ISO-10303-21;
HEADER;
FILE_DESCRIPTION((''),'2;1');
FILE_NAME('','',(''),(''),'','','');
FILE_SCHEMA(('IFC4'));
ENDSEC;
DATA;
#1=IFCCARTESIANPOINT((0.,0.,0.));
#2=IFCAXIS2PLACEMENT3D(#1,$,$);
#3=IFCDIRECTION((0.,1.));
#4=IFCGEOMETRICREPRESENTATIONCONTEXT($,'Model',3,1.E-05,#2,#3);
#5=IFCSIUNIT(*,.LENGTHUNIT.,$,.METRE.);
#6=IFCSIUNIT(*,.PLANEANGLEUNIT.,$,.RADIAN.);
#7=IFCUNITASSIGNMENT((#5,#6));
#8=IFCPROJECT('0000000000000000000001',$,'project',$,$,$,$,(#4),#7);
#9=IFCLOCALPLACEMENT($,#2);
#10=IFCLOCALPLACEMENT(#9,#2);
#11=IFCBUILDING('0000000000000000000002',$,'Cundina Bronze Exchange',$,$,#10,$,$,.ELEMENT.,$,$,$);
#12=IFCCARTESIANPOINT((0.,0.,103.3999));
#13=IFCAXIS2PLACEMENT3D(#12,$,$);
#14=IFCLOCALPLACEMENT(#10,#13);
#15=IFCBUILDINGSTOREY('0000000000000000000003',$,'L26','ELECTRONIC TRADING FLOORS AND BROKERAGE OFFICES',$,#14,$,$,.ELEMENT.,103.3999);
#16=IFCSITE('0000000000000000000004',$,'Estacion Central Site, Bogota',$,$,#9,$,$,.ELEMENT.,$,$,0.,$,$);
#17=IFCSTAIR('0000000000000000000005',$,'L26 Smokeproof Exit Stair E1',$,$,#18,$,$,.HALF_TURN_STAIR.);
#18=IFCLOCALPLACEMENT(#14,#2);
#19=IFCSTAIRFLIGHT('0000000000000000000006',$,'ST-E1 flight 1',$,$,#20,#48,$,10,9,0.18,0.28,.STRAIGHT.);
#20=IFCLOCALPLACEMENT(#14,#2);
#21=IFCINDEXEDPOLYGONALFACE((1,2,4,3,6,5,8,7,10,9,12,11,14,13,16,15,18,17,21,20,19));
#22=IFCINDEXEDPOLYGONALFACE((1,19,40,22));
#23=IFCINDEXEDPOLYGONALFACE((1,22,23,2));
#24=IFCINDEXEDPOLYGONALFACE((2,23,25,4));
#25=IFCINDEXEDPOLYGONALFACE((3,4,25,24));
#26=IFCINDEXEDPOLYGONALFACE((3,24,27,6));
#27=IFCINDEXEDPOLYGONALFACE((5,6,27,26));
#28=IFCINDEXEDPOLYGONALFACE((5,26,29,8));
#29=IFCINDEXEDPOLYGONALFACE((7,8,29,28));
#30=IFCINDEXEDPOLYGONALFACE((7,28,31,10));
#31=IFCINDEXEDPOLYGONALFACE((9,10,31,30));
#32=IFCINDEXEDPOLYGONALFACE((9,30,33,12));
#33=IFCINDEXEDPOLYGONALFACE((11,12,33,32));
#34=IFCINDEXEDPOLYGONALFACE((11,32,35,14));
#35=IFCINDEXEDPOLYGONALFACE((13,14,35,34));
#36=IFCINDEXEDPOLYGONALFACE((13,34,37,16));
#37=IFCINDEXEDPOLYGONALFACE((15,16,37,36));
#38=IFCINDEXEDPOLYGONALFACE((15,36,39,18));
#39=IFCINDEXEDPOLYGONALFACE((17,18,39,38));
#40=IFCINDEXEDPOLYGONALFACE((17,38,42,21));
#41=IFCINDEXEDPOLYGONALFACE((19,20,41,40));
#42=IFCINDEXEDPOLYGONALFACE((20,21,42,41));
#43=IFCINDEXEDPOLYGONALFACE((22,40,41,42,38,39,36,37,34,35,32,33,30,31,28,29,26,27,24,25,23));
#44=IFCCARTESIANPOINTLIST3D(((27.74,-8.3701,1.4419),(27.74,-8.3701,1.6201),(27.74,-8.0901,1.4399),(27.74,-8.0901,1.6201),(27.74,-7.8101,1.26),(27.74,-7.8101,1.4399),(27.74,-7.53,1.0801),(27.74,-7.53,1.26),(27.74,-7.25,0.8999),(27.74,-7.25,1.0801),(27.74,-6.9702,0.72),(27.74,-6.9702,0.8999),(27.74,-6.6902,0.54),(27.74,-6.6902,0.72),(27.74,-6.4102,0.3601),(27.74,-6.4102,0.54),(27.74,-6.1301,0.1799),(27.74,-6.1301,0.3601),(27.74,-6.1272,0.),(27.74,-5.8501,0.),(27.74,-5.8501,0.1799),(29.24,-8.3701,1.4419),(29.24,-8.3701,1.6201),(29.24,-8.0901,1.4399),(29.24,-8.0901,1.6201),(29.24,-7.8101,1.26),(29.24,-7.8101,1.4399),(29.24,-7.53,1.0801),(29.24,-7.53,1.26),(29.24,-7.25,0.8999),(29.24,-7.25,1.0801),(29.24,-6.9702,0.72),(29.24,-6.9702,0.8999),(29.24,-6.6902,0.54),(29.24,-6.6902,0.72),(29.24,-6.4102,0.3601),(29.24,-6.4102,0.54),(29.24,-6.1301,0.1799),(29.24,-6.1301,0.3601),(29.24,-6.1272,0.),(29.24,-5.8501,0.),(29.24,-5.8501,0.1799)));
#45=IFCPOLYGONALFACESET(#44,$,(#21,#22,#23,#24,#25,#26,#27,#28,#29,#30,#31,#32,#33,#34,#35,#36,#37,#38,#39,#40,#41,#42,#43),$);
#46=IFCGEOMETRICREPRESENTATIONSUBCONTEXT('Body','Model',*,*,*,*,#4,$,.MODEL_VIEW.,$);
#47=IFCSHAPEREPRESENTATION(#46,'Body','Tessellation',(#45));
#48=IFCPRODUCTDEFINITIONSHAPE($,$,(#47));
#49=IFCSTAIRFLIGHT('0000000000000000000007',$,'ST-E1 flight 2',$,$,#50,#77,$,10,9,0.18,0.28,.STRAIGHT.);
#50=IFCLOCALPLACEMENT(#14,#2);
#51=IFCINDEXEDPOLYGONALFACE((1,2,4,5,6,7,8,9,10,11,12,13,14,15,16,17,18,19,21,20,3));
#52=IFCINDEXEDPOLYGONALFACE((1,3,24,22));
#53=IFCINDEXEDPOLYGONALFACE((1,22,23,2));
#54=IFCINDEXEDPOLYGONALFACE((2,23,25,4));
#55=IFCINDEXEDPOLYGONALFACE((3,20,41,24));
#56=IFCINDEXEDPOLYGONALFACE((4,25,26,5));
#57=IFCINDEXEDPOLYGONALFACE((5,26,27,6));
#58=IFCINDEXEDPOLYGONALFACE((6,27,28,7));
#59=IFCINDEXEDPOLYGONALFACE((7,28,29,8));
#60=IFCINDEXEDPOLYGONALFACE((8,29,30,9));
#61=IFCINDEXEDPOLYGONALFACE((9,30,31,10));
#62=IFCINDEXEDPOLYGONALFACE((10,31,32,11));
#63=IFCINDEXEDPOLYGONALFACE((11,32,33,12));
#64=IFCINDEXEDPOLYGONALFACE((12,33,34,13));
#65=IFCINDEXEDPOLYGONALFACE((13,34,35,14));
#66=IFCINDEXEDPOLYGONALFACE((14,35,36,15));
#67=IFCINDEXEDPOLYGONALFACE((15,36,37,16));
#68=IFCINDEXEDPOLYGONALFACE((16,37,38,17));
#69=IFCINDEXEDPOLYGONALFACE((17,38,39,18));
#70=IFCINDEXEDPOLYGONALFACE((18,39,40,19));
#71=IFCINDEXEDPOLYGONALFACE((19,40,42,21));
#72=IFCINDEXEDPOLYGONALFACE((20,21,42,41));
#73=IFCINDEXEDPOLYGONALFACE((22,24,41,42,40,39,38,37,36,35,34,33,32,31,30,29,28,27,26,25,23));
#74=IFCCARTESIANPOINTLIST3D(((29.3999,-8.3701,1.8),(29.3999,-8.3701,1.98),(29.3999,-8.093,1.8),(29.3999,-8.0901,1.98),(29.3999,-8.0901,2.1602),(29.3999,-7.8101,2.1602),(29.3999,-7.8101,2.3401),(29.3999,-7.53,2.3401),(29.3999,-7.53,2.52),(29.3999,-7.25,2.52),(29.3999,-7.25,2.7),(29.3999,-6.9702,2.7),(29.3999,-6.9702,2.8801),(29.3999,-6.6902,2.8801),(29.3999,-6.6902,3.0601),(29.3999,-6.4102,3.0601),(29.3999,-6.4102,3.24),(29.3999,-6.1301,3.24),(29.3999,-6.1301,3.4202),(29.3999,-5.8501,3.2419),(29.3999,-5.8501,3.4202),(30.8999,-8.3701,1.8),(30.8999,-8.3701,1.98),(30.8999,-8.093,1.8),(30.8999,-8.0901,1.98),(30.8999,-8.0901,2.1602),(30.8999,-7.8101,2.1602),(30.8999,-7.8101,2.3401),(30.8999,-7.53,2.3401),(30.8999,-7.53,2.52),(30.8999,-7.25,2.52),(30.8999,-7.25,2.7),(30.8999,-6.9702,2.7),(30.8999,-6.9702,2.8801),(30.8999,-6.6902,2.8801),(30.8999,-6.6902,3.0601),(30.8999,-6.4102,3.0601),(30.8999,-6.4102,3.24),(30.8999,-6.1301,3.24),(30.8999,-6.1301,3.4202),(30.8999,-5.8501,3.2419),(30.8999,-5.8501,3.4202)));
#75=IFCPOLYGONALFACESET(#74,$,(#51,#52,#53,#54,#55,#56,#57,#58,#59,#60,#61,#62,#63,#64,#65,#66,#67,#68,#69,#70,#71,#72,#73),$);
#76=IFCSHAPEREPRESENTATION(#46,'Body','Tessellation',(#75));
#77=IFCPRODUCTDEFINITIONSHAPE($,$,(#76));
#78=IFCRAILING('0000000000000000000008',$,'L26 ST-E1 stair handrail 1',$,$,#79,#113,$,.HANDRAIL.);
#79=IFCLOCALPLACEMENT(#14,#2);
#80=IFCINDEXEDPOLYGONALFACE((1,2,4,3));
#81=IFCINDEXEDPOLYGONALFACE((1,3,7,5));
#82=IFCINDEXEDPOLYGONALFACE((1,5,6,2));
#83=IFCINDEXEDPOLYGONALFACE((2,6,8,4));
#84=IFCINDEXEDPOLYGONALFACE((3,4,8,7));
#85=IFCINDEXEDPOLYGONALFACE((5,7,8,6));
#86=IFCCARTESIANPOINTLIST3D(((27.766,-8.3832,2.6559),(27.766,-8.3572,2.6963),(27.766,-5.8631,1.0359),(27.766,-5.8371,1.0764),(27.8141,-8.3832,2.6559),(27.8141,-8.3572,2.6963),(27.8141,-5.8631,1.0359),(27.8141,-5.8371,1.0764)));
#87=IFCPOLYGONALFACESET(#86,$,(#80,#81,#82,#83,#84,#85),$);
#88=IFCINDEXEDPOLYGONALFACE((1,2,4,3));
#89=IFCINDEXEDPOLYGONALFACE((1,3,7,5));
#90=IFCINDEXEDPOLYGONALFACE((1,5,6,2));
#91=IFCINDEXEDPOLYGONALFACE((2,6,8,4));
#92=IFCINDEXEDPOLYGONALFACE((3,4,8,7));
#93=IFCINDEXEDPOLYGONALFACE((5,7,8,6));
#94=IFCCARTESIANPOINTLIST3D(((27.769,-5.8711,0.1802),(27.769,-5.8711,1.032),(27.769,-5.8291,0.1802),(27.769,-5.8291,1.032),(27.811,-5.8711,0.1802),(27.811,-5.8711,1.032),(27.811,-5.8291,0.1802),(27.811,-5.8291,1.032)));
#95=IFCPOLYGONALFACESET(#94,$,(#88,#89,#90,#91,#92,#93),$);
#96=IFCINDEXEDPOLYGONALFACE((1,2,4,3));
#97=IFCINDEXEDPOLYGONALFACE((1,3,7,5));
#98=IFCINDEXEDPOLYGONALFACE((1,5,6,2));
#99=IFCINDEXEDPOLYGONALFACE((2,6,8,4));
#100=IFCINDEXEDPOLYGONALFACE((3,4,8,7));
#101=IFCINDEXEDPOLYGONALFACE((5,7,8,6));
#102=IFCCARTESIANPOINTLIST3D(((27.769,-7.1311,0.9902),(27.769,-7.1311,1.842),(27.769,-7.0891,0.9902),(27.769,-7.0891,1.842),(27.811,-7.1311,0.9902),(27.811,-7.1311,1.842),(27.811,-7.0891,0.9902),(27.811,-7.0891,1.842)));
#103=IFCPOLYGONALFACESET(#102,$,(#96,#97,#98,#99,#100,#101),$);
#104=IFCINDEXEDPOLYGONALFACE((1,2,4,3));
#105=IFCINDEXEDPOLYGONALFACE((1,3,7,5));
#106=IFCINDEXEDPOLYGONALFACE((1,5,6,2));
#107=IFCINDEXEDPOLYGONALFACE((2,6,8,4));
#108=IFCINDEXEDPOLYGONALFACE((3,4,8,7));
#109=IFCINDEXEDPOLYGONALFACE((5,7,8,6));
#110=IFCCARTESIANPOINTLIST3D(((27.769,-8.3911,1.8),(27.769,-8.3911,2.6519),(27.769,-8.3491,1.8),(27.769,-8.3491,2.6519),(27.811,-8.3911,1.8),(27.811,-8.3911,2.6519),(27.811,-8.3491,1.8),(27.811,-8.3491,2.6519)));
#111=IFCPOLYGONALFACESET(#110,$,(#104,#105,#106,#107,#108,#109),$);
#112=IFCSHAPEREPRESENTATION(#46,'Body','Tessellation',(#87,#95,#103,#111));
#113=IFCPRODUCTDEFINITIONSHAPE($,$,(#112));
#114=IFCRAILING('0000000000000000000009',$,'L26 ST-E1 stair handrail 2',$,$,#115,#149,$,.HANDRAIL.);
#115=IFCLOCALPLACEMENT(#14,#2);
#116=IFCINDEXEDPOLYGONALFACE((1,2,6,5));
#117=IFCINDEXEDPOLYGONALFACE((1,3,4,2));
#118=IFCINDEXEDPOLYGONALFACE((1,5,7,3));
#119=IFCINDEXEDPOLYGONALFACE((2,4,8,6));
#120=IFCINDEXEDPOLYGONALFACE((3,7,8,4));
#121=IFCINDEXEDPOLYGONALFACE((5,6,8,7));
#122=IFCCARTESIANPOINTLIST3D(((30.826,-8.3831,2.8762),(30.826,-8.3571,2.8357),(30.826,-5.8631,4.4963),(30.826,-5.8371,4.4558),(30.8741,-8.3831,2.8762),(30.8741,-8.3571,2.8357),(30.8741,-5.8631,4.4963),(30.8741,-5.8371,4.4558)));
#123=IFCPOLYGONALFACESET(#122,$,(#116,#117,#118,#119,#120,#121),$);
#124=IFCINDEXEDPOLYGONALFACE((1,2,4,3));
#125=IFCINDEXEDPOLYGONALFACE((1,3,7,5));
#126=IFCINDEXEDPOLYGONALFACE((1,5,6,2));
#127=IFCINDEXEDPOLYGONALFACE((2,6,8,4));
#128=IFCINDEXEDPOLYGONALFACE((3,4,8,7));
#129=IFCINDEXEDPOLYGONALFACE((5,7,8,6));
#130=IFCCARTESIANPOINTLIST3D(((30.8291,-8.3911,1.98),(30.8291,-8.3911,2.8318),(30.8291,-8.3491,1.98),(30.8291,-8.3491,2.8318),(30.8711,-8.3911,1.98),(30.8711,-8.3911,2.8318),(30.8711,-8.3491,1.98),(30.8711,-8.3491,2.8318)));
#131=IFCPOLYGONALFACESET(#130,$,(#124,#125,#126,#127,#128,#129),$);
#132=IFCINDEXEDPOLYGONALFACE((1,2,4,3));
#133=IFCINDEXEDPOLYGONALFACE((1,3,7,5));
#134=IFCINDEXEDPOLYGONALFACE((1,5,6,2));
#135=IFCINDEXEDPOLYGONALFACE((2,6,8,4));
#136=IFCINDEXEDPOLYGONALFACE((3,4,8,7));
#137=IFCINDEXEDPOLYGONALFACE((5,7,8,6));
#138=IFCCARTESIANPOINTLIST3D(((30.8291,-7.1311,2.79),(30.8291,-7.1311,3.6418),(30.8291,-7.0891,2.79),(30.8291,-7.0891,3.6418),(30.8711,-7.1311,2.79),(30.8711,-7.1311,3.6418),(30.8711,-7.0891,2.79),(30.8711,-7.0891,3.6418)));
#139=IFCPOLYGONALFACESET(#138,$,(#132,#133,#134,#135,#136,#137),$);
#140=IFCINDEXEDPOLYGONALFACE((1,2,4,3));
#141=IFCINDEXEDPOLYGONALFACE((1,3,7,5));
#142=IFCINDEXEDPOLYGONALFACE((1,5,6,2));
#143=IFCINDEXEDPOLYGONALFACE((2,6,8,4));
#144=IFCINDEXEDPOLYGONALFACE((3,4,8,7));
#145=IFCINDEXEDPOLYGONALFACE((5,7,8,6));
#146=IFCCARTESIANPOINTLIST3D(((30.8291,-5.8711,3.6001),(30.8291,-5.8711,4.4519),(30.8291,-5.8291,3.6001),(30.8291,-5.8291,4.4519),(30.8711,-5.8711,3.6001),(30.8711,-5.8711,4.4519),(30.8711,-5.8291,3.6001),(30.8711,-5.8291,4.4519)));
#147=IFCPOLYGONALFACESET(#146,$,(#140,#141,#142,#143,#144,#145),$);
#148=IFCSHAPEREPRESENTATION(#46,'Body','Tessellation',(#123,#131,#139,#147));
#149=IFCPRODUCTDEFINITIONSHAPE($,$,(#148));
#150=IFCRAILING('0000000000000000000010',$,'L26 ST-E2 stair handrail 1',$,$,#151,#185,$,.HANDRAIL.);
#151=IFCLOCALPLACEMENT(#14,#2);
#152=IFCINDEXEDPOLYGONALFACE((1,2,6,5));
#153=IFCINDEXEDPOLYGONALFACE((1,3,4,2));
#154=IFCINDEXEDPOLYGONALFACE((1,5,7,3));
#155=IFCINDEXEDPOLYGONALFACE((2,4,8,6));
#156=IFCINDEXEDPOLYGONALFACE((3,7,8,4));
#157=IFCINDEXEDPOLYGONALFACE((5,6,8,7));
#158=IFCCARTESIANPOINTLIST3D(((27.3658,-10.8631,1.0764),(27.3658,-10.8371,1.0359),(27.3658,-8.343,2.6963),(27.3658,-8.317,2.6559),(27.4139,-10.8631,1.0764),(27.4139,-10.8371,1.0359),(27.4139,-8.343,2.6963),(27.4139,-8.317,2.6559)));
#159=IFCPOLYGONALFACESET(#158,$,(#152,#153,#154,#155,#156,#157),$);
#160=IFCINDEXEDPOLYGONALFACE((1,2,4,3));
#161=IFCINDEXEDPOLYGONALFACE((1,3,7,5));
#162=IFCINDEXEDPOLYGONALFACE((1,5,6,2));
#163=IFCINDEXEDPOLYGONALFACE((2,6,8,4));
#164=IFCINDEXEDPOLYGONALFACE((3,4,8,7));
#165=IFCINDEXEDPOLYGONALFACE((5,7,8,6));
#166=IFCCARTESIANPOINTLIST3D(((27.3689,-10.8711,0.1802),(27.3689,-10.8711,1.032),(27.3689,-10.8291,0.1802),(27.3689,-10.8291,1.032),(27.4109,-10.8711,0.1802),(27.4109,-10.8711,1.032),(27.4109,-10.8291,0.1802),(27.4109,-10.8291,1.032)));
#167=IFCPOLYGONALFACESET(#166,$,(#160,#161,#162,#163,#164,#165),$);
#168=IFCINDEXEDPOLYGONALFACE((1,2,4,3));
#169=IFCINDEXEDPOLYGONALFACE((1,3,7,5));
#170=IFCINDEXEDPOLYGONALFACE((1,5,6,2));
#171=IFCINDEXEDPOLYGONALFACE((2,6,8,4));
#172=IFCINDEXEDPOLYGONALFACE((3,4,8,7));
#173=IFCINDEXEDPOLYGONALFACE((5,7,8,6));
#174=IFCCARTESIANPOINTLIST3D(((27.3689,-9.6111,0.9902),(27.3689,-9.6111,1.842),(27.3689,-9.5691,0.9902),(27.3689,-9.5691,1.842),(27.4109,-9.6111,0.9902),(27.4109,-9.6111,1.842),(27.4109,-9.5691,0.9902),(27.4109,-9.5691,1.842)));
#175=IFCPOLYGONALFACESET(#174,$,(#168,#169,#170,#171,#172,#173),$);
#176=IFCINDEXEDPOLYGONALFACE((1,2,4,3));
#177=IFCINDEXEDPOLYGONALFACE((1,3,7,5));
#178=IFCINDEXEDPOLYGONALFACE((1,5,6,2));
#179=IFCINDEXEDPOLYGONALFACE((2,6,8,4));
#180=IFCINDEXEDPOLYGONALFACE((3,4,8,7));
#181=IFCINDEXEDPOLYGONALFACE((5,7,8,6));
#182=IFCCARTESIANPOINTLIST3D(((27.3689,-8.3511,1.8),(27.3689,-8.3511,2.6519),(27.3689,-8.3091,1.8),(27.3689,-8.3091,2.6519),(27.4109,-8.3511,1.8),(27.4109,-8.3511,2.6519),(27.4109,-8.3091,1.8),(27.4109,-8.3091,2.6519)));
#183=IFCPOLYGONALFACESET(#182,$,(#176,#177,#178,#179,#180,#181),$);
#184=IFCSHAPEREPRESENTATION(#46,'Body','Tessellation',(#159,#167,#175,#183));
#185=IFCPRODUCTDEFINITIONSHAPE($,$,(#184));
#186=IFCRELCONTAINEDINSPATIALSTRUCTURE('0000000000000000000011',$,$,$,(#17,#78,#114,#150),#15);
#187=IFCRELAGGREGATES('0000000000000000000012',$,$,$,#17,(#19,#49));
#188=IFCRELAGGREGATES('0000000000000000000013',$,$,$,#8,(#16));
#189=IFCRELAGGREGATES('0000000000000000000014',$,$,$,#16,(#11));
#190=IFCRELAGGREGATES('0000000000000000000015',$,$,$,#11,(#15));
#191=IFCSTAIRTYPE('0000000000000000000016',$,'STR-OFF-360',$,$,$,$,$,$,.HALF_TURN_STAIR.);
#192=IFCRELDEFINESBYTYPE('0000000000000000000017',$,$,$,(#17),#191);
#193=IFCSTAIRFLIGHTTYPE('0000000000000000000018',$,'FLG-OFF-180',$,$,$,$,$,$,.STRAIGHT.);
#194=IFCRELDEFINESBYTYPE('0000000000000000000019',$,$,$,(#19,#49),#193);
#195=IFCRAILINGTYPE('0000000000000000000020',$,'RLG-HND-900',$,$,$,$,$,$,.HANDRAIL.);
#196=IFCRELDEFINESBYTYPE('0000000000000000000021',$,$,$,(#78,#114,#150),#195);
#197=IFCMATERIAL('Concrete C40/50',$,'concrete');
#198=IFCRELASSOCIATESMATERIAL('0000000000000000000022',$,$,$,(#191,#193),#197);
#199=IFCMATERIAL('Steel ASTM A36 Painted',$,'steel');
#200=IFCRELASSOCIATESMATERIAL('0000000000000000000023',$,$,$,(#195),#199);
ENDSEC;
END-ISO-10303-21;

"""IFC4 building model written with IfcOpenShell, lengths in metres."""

from ifc_helpers import new_model, si_unit, direction, frame, origin, origin_2d, place, context, subcontext, project, spatial, polyline, rectangle, outline, extrude, material, type_object, element, aggregate, save


model = new_model("IFC4")

# Units and contexts
model_context = context("Model", 3, precision=1e-05, world=origin(), true_north=direction((0.0, 1.0)))
body_context = subcontext(model_context, "Body", "Model", "MODEL_VIEW")
ifc_project = project(units=[si_unit("LENGTHUNIT", "METRE"), si_unit("PLANEANGLEUNIT", "RADIAN")], contexts=[model_context])

# Site, building, storey
site_placement = place(None, origin())
site = spatial("IfcSite", under=ifc_project, at=site_placement, Name="Estacion Central Site, Bogota", CompositionType="ELEMENT", RefElevation=0.0)
building_placement = place(site_placement, origin())
building = spatial("IfcBuilding", under=site, at=building_placement, Name="Cundina Bronze Exchange", CompositionType="ELEMENT")
storey_placement = place(building_placement, frame((0.0, 0.0, 103.3999)))
storey = spatial("IfcBuildingStorey", under=building, at=storey_placement, Name="L26", Description="ELECTRONIC TRADING FLOORS AND BROKERAGE OFFICES", CompositionType="ELEMENT", Elevation=103.3999)

# Stair, stair flights
ifc_material_1 = material(Name="Concrete C40/50", Category="concrete")
stair_type = type_object("IfcStairType", Name="STR-OFF-360", PredefinedType="HALF_TURN_STAIR", material=ifc_material_1)
stair_placement = place(storey_placement, origin())
stair = element("IfcStair", 1, at=stair_placement, inside=storey, type_object=stair_type, Name="L26 Smokeproof Exit Stair E1", PredefinedType="HALF_TURN_STAIR")
stair_flight_type = type_object("IfcStairFlightType", Name="FLG-OFF-180", PredefinedType="STRAIGHT", material=ifc_material_1)
stair_flight_1_placement = place(storey_placement, frame((28.49, -5.8501, 0.0), z_axis=(0.0, 0.0, 1.0), x_axis=(0.0, -1.0, 0.0)))
stair_flight_1 = element("IfcStairFlight", 2, at=stair_flight_1_placement, type_object=stair_flight_type, Name="ST-E1 flight 1", NumberOfRisers=10, NumberOfTreads=9, PredefinedType="STRAIGHT", RiserHeight=0.18, TreadLength=0.28, context=body_context, shape_type="SweptSolid", body=[
    extrude(outline(polyline([(0.0, 0.0), (0.0, 0.1799), (0.28, 0.1799), (0.28, 0.3601), (0.5601, 0.3601), (0.5601, 0.54), (0.8401, 0.54), (0.8401, 0.72), (1.1201, 0.72), (1.1201, 0.8999), (1.3999, 0.8999), (1.3999, 1.0801), (1.6799, 1.0801), (1.6799, 1.26), (1.96, 1.26), (1.96, 1.4399), (2.24, 1.4399), (2.24, 1.6201), (2.52, 1.6201), (2.52, 1.8), (2.52, 1.4419), (0.2771, 0.0), (0.0, 0.0)])), frame((0.0, 0.75, 0.0), z_axis=(0.0, -1.0, 0.0), x_axis=(1.0, 0.0, 0.0)), (0.0, 0.0, 1.0), 1.5),
])
stair_flight_2_placement = place(storey_placement, frame((30.1499, -8.3701, 1.8), z_axis=(0.0, 0.0, 1.0), x_axis=(0.0, 1.0, 0.0)))
stair_flight_2 = element("IfcStairFlight", 3, at=stair_flight_2_placement, type_object=stair_flight_type, Name="ST-E1 flight 2", NumberOfRisers=10, NumberOfTreads=9, PredefinedType="STRAIGHT", RiserHeight=0.18, TreadLength=0.28, context=body_context, shape_type="SweptSolid", body=[
    extrude(outline(polyline([(0.0, 0.0), (0.0, 0.1799), (0.28, 0.1799), (0.28, 0.3601), (0.5601, 0.3601), (0.5601, 0.54), (0.8401, 0.54), (0.8401, 0.72), (1.1201, 0.72), (1.1201, 0.8999), (1.3999, 0.8999), (1.3999, 1.0801), (1.6799, 1.0801), (1.6799, 1.26), (1.96, 1.26), (1.96, 1.4399), (2.24, 1.4399), (2.24, 1.6201), (2.52, 1.6201), (2.52, 1.8), (2.52, 1.4419), (0.2771, 0.0), (0.0, 0.0)])), frame((0.0, 0.75, 0.0), z_axis=(0.0, -1.0, 0.0), x_axis=(1.0, 0.0, 0.0)), (0.0, 0.0, 1.0), 1.5),
])
aggregate(stair, [stair_flight_1, stair_flight_2])

# Railings
ifc_material_2 = material(Name="Steel ASTM A36 Painted", Category="steel")
railing_type_1 = type_object("IfcRailingType", Name="RLG-HND-900", PredefinedType="HANDRAIL", material=ifc_material_2)
railing_1_placement = place(storey_placement, frame((27.79, -5.8501, 0.1802)))
element("IfcRailing", 4, at=railing_1_placement, inside=storey, type_object=railing_type_1, Name="L26 ST-E1 stair handrail 1", PredefinedType="HANDRAIL", context=body_context, shape_type="SweptSolid", body=[
    extrude(rectangle(XDim=0.0481, YDim=0.0481, at=origin_2d()), frame((0.0, 0.0, 0.876), z_axis=(0.0, -0.8412, 0.540725), x_axis=(1.0, 0.0, 0.0)), (0.0, 0.0, 1.0), 2.9958),
    extrude(rectangle(XDim=0.042, YDim=0.042, at=origin_2d()), origin(), (0.0, 0.0, 1.0), 0.8518),
    extrude(rectangle(XDim=0.042, YDim=0.042, at=origin_2d()), frame((0.0, -1.26, 0.8101)), (0.0, 0.0, 1.0), 0.8518),
    extrude(rectangle(XDim=0.042, YDim=0.042, at=origin_2d()), frame((0.0, -2.52, 1.6199)), (0.0, 0.0, 1.0), 0.8518),
])
railing_2_placement = place(storey_placement, frame((30.8501, -8.3701, 1.98)))
element("IfcRailing", 5, at=railing_2_placement, inside=storey, type_object=railing_type_1, Name="L26 ST-E1 stair handrail 2", PredefinedType="HANDRAIL", context=body_context, shape_type="SweptSolid", body=[
    extrude(rectangle(XDim=0.0481, YDim=0.0481, at=origin_2d()), frame((0.0, 0.0, 0.876), z_axis=(0.0, 0.841163, 0.540782), x_axis=(-1.0, 0.0, 0.0)), (0.0, 0.0, 1.0), 2.9958),
    extrude(rectangle(XDim=0.042, YDim=0.042, at=origin_2d()), origin(), (0.0, 0.0, 1.0), 0.8518),
    extrude(rectangle(XDim=0.042, YDim=0.042, at=origin_2d()), frame((0.0, 1.26, 0.8101)), (0.0, 0.0, 1.0), 0.8518),
    extrude(rectangle(XDim=0.042, YDim=0.042, at=origin_2d()), frame((0.0, 2.52, 1.6201)), (0.0, 0.0, 1.0), 0.8518),
])
railing_3_placement = place(storey_placement, frame((27.3899, -10.8501, 0.1802)))
element("IfcRailing", 6, at=railing_3_placement, inside=storey, type_object=railing_type_1, Name="L26 ST-E2 stair handrail 1", PredefinedType="HANDRAIL", context=body_context, shape_type="SweptSolid", body=[
    extrude(rectangle(XDim=0.0481, YDim=0.0481, at=origin_2d()), frame((0.0, 0.0, 0.876), z_axis=(0.0, 0.8412, 0.540725), x_axis=(-1.0, 0.0, 0.0)), (0.0, 0.0, 1.0), 2.9958),
    extrude(rectangle(XDim=0.042, YDim=0.042, at=origin_2d()), origin(), (0.0, 0.0, 1.0), 0.8518),
    extrude(rectangle(XDim=0.042, YDim=0.042, at=origin_2d()), frame((0.0, 1.26, 0.8101)), (0.0, 0.0, 1.0), 0.8518),
    extrude(rectangle(XDim=0.042, YDim=0.042, at=origin_2d()), frame((0.0, 2.52, 1.6199)), (0.0, 0.0, 1.0), 0.8518),
])

save(model, "model.ifc")
